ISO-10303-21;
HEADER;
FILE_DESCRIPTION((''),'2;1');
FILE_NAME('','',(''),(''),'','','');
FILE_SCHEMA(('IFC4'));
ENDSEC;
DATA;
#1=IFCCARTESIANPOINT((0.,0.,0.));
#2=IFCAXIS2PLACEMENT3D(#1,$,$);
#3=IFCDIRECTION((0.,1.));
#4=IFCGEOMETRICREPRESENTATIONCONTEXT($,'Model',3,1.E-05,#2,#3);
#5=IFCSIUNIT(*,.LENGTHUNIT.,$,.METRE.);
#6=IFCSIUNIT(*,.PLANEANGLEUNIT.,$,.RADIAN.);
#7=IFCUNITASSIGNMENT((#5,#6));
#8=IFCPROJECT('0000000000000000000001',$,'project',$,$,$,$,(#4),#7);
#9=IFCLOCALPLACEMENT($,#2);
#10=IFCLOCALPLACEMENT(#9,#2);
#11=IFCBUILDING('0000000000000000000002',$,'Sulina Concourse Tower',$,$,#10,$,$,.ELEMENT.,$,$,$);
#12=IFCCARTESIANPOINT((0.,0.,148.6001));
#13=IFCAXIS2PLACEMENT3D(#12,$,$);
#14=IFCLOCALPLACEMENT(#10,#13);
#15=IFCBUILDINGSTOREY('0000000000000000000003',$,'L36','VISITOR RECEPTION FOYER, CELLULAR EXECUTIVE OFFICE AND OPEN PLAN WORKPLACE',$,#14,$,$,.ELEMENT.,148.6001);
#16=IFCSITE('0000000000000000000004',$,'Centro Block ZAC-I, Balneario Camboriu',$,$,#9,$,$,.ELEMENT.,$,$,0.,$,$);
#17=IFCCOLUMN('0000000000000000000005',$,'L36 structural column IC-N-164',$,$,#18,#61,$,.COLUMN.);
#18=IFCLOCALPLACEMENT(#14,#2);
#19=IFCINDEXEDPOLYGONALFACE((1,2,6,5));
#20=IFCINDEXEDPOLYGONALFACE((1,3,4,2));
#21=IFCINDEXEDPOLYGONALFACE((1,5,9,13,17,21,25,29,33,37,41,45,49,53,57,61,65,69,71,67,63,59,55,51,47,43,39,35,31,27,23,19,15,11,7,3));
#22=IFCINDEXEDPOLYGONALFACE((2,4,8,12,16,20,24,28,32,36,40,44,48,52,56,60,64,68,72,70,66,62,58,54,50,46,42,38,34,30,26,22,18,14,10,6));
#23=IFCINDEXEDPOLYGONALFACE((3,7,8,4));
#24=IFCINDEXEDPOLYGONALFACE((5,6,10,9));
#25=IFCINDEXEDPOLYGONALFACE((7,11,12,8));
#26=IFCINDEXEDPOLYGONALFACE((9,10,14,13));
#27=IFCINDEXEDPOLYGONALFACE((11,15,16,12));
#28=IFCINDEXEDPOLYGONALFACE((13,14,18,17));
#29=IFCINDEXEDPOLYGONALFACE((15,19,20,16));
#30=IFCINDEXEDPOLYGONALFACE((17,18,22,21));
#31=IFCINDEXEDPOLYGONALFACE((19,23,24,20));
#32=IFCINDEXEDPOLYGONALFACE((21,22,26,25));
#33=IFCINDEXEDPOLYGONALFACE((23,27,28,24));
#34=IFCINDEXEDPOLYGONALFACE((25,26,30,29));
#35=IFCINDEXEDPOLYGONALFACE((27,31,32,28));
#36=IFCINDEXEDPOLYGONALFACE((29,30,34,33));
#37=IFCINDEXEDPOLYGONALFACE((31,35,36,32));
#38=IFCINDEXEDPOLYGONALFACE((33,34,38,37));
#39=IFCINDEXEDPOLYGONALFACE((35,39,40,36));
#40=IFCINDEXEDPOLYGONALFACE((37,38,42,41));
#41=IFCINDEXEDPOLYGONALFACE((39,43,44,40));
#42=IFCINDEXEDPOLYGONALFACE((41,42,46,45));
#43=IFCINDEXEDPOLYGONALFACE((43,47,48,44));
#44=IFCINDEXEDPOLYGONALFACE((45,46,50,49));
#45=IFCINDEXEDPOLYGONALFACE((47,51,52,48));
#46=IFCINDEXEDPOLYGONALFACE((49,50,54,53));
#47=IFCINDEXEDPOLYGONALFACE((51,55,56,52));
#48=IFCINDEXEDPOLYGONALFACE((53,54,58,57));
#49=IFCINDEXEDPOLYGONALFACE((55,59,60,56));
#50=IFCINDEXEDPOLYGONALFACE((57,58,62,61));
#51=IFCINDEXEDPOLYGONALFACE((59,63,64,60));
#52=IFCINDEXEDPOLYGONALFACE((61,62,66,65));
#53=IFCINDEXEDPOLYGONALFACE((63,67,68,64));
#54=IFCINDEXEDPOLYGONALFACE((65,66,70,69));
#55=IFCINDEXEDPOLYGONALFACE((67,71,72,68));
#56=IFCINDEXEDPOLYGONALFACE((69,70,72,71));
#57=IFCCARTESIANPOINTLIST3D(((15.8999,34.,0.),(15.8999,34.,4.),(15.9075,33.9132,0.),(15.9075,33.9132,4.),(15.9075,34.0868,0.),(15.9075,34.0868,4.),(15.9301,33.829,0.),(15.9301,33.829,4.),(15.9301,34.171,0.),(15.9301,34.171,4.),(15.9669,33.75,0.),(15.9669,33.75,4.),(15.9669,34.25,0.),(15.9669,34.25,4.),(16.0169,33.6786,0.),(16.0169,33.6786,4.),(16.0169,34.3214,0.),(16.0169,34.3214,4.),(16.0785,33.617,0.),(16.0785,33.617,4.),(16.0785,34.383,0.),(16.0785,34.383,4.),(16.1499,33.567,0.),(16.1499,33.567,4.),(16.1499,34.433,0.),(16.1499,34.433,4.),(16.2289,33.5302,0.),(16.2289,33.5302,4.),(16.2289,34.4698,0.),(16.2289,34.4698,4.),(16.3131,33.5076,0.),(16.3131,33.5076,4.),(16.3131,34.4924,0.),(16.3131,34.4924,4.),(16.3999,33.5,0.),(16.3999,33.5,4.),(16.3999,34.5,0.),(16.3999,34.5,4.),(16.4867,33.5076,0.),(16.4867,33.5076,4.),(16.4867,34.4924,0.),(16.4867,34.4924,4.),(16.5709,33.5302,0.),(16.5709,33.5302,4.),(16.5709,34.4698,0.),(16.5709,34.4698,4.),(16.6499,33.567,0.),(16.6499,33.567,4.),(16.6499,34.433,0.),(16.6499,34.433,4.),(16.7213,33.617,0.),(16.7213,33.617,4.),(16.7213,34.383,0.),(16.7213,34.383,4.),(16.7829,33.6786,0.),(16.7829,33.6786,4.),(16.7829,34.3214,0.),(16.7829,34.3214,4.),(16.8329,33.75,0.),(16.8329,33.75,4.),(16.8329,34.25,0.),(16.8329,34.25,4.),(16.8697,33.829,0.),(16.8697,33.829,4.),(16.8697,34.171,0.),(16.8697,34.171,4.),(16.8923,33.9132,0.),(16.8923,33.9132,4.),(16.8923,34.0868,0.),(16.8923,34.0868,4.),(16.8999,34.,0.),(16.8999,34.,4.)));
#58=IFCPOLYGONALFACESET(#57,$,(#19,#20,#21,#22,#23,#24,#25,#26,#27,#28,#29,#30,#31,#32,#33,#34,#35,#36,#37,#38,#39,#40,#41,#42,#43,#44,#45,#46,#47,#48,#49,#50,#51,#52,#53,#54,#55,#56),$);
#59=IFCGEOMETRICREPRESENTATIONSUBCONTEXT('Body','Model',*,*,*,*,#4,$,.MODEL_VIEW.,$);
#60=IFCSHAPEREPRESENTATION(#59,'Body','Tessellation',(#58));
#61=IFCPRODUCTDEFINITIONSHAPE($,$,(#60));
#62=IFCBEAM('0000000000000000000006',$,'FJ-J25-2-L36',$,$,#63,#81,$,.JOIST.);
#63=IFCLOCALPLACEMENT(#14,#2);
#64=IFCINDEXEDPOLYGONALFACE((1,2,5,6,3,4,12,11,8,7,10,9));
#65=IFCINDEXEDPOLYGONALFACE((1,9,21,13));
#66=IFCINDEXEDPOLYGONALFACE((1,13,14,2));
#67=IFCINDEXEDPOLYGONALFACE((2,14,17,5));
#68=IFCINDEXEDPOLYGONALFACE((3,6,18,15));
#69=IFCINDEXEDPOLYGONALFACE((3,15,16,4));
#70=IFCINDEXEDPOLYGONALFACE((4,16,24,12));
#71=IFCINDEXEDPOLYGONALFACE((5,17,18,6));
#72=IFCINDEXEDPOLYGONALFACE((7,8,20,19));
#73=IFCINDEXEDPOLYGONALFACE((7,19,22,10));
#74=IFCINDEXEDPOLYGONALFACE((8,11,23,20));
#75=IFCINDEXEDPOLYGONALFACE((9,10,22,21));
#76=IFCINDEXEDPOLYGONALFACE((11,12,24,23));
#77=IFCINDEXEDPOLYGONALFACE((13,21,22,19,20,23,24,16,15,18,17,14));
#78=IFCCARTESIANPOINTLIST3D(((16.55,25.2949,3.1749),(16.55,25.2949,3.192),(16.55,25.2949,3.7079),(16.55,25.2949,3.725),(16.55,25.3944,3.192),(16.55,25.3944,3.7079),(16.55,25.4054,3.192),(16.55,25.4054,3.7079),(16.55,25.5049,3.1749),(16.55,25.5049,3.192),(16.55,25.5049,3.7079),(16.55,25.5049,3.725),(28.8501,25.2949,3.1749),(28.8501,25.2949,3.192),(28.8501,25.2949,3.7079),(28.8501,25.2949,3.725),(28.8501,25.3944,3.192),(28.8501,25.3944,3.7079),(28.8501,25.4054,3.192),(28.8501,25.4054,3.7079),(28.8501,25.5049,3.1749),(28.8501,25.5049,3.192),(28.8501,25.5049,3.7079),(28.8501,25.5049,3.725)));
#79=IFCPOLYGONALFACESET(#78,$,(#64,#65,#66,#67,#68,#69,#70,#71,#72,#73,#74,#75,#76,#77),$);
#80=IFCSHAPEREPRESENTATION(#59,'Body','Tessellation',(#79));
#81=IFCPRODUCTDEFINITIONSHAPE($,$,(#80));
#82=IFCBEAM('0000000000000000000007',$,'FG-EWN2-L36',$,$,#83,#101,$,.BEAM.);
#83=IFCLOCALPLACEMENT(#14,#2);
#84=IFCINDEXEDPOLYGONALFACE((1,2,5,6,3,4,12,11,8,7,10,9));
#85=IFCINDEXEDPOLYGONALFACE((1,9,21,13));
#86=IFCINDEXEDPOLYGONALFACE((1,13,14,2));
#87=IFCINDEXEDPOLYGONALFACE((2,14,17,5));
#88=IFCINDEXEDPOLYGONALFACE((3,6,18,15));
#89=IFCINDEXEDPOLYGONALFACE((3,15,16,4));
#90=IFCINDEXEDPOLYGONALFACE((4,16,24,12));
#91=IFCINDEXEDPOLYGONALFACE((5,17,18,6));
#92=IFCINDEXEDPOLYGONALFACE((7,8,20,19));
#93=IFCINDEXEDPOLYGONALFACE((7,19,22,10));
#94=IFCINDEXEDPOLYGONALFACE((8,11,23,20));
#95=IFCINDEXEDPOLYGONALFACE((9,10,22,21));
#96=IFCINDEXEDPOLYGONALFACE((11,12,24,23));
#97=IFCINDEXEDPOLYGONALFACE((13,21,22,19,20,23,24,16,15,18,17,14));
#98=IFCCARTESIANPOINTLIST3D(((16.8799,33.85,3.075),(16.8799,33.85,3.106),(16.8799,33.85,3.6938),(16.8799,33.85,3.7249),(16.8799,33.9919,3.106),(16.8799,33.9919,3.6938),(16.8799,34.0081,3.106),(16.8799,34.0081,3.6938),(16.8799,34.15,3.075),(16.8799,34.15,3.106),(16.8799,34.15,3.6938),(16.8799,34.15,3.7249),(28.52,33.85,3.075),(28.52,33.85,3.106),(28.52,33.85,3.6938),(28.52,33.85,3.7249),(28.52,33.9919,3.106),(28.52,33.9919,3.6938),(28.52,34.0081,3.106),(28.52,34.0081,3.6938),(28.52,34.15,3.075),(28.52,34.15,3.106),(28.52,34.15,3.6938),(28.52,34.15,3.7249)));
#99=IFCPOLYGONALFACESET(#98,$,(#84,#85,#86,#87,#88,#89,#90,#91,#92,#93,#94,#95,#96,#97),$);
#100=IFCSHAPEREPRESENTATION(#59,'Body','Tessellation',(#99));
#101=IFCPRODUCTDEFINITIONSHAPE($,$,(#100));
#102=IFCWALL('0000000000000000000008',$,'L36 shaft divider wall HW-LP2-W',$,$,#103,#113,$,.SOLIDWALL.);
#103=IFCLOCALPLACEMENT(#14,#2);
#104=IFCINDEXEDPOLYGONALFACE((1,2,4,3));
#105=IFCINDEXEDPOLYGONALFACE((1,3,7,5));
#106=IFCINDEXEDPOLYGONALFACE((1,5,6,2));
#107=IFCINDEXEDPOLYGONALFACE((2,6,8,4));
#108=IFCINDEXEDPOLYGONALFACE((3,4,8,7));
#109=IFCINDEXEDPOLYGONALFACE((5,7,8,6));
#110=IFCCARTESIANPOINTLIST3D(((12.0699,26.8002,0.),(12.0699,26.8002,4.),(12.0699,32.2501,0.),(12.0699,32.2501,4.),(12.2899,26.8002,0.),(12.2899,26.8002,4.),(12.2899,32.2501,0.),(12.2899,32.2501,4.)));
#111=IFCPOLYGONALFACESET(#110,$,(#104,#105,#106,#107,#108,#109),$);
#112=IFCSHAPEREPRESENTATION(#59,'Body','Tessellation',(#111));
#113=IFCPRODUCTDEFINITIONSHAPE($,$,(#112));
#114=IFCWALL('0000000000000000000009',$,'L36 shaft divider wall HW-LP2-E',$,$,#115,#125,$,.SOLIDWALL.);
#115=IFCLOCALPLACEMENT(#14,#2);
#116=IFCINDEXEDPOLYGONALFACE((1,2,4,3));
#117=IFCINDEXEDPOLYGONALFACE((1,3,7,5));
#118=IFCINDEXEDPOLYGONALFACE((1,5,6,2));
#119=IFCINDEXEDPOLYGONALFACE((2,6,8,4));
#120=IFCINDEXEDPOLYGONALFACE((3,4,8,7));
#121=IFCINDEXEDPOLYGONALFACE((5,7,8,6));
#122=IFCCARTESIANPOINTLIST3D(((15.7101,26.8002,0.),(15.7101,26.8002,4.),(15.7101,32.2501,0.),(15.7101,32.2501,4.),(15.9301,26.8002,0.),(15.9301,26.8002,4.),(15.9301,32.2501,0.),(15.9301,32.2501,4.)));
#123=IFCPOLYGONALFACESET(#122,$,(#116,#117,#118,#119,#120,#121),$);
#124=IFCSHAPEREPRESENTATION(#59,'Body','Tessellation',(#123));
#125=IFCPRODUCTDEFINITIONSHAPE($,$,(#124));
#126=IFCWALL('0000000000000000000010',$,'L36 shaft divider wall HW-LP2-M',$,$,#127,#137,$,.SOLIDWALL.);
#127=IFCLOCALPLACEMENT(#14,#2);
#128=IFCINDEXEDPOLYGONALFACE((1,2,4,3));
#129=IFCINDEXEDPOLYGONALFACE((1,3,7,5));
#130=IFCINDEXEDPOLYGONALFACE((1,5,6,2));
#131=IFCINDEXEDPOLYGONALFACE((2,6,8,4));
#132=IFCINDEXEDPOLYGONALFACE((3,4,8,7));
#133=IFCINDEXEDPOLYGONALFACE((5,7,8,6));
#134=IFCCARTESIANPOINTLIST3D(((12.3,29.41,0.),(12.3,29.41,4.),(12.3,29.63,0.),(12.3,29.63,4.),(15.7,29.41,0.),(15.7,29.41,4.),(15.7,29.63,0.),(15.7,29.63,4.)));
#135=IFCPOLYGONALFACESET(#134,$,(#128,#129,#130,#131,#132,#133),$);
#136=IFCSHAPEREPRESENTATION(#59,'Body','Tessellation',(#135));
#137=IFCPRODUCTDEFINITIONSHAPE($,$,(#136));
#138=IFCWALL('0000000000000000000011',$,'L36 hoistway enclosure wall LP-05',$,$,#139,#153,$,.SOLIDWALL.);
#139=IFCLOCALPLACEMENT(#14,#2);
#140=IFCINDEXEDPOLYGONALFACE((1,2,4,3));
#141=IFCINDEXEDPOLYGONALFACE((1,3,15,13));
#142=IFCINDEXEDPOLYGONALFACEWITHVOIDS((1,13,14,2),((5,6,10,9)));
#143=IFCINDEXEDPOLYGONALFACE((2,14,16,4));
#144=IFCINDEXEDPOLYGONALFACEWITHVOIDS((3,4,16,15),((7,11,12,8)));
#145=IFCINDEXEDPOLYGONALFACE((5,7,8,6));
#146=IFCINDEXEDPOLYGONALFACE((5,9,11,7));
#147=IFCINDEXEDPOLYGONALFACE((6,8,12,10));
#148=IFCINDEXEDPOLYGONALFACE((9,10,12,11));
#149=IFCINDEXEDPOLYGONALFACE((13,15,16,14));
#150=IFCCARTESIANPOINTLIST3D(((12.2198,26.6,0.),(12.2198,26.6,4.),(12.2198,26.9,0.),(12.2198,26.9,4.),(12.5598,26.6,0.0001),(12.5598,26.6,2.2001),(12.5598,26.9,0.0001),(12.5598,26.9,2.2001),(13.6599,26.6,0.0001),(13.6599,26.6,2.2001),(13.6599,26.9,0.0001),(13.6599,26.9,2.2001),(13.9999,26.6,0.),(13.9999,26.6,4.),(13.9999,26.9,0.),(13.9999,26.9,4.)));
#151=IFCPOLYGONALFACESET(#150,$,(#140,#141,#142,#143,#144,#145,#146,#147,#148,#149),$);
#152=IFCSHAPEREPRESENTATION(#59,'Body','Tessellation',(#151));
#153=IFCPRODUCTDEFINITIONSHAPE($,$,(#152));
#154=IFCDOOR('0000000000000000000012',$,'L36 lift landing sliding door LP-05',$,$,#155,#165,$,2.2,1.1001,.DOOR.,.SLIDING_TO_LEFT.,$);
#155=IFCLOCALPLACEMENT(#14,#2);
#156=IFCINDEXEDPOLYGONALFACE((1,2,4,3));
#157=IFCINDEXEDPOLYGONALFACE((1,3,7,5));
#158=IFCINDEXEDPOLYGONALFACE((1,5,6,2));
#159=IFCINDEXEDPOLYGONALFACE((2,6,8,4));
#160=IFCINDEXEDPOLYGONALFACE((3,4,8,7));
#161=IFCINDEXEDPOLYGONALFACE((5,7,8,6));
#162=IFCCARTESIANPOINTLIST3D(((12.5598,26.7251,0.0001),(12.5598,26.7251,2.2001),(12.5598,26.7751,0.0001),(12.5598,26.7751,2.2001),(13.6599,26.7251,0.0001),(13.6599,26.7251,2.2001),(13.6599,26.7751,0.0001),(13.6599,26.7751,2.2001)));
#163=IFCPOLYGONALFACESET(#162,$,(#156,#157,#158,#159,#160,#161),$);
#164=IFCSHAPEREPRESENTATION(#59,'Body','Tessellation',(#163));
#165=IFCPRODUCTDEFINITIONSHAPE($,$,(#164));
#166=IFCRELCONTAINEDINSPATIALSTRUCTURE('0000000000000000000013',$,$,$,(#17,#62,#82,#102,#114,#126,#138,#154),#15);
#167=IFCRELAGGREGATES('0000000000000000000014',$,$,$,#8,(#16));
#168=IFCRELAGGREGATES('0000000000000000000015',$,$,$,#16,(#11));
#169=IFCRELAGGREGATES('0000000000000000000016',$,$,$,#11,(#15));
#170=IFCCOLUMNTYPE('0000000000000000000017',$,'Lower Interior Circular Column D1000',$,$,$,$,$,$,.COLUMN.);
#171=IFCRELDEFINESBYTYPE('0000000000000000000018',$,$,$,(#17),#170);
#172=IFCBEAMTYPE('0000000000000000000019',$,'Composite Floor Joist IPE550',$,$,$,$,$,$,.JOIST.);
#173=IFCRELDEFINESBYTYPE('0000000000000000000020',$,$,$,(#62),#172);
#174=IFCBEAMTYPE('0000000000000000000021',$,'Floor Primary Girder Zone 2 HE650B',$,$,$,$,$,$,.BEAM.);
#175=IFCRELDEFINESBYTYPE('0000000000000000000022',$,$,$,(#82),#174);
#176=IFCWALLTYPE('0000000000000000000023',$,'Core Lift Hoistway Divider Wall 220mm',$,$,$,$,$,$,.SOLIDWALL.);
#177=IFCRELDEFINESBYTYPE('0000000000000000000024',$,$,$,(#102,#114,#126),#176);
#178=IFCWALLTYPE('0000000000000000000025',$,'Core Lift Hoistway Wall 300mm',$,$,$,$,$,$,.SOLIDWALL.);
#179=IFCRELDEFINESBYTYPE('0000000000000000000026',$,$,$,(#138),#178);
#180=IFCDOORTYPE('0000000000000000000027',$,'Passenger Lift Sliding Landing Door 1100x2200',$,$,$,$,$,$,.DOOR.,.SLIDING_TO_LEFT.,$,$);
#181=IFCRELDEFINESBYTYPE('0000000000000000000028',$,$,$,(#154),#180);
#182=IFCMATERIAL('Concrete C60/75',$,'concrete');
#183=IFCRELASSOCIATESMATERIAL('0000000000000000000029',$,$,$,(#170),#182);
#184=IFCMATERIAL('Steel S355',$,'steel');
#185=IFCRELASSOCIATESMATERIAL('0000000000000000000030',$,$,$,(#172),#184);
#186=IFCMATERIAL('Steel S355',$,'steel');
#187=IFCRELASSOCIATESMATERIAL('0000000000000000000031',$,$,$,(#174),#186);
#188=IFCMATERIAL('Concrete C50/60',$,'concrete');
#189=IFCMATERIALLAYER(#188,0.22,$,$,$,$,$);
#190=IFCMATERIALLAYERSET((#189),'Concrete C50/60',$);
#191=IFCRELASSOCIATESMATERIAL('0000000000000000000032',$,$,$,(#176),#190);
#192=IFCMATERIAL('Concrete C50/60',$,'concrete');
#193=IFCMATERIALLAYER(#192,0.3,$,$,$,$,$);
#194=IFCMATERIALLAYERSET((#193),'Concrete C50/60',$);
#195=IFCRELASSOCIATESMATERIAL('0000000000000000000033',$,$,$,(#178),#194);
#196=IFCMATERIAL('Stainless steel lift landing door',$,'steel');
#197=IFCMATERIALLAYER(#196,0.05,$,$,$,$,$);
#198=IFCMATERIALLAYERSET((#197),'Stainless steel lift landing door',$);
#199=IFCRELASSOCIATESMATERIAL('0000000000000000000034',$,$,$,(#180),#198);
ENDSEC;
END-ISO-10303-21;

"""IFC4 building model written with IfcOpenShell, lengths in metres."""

from ifc_helpers import new_model, si_unit, direction, frame, frame_2d, origin, origin_2d, place, context, subcontext, project, spatial, rectangle, circle, i_section, extrude, material, layer, layer_set, material_profile, profile_set, type_object, element, fill, save


model = new_model("IFC4")

# Units and contexts
model_context = context("Model", 3, precision=1e-05, world=origin(), true_north=direction((0.0, 1.0)))
body_context = subcontext(model_context, "Body", "Model", "MODEL_VIEW")
ifc_project = project(units=[si_unit("LENGTHUNIT", "METRE"), si_unit("PLANEANGLEUNIT", "RADIAN")], contexts=[model_context])

# Site, building, storey
site_placement = place(None, origin())
site = spatial("IfcSite", under=ifc_project, at=site_placement, Name="Centro Block ZAC-I, Balneario Camboriu", CompositionType="ELEMENT", RefElevation=0.0)
building_placement = place(site_placement, origin())
building = spatial("IfcBuilding", under=site, at=building_placement, Name="Sulina Concourse Tower", CompositionType="ELEMENT")
storey_placement = place(building_placement, frame((0.0, 0.0, 148.6001)))
storey = spatial("IfcBuildingStorey", under=building, at=storey_placement, Name="L36", Description="VISITOR RECEPTION FOYER, CELLULAR EXECUTIVE OFFICE AND OPEN PLAN WORKPLACE", CompositionType="ELEMENT", Elevation=148.6001)

# Column
ifc_material_1 = material(Name="Concrete C60/75", Category="concrete")
ifc_material_profile_1 = material_profile(ifc_material_1, circle(Radius=0.5, at=origin_2d()), Name="RC D1000")
ifc_profile_set_1 = profile_set([ifc_material_profile_1], Name="Concrete C60/75")
column_type = type_object("IfcColumnType", Name="Lower Interior Circular Column D1000", PredefinedType="COLUMN", material=ifc_profile_set_1)
column_placement = place(storey_placement, frame((16.3999, 34.0, 0.0), z_axis=(0.0, 0.0, 1.0), x_axis=(1.0, 0.0, 0.0)))
element("IfcColumn", 1, at=column_placement, inside=storey, type_object=column_type, Name="L36 structural column IC-N-164", PredefinedType="COLUMN", context=body_context, shape_type="SweptSolid", body=[
    extrude(circle(Radius=0.5, at=origin_2d()), origin(), (0.0, 0.0, 1.0), 4.0),
])

# Beams
ifc_material_2 = material(Name="Steel S355", Category="steel")
ifc_material_profile_2 = material_profile(ifc_material_2, i_section(OverallWidth=0.21, OverallDepth=0.55, WebThickness=0.011, FlangeThickness=0.0171, at=origin_2d()), Name="IPE 550")
ifc_profile_set_2 = profile_set([ifc_material_profile_2], Name="Steel S355")
beam_type_1 = type_object("IfcBeamType", Name="Composite Floor Joist IPE550", PredefinedType="JOIST", material=ifc_profile_set_2)
beam_1_placement = place(storey_placement, frame((16.55, 25.3999, 3.45), z_axis=(1.0, 0.0, 0.0), x_axis=(0.0, 1.0, 0.0)))
element("IfcBeam", 2, at=beam_1_placement, inside=storey, type_object=beam_type_1, Name="FJ-J25-2-L36", PredefinedType="JOIST", context=body_context, shape_type="SweptSolid", body=[
    extrude(i_section(OverallWidth=0.21, OverallDepth=0.55, WebThickness=0.011, FlangeThickness=0.0171, at=origin_2d()), origin(), (0.0, 0.0, 1.0), 12.3),
])
ifc_material_3 = material(Name="Steel S355", Category="steel")
ifc_material_profile_3 = material_profile(ifc_material_3, i_section(OverallWidth=0.3, OverallDepth=0.6499, WebThickness=0.0161, FlangeThickness=0.031, at=origin_2d()), Name="HE 650 B")
ifc_profile_set_3 = profile_set([ifc_material_profile_3], Name="Steel S355")
beam_type_2 = type_object("IfcBeamType", Name="Floor Primary Girder Zone 2 HE650B", PredefinedType="BEAM", material=ifc_profile_set_3)
beam_2_placement = place(storey_placement, frame((16.8799, 34.0, 3.3999), z_axis=(1.0, 0.0, 0.0), x_axis=(0.0, 1.0, 0.0)))
element("IfcBeam", 3, at=beam_2_placement, inside=storey, type_object=beam_type_2, Name="FG-EWN2-L36", PredefinedType="BEAM", context=body_context, shape_type="SweptSolid", body=[
    extrude(i_section(OverallWidth=0.3, OverallDepth=0.6499, WebThickness=0.0161, FlangeThickness=0.031, at=origin_2d()), origin(), (0.0, 0.0, 1.0), 11.6401),
])

# Walls
ifc_material_4 = material(Name="Concrete C50/60", Category="concrete")
ifc_layer_1 = layer(ifc_material_4, 0.22)
ifc_layer_set_1 = layer_set([ifc_layer_1], Name="Concrete C50/60")
wall_type_1 = type_object("IfcWallType", Name="Core Lift Hoistway Divider Wall 220mm", PredefinedType="SOLIDWALL", material=ifc_layer_set_1)
for number, where, z_axis, x_axis, name in (
    (4, (12.1799, 26.8, 0.0), (0.0, 0.0, 1.0), (0.0, 1.0, 0.0), "L36 shaft divider wall HW-LP2-W"),
    (5, (15.8201, 26.8, 0.0), (0.0, 0.0, 1.0), (0.0, 1.0, 0.0), "L36 shaft divider wall HW-LP2-E"),
):
    element("IfcWall", number, at=place(storey_placement, frame(where, z_axis=z_axis, x_axis=x_axis)), inside=storey, type_object=wall_type_1, Name=name, PredefinedType="SOLIDWALL", context=body_context, shape_type="SweptSolid", body=[
        extrude(rectangle(XDim=5.45, YDim=0.22, at=frame_2d((2.7251, 0.0))), origin(), (0.0, 0.0, 1.0), 4.0),
    ])
wall_1_placement = place(storey_placement, frame((12.3, 29.52, 0.0), z_axis=(0.0, 0.0, 1.0), x_axis=(1.0, 0.0, 0.0)))
element("IfcWall", 6, at=wall_1_placement, inside=storey, type_object=wall_type_1, Name="L36 shaft divider wall HW-LP2-M", PredefinedType="SOLIDWALL", context=body_context, shape_type="SweptSolid", body=[
    extrude(rectangle(XDim=3.3999, YDim=0.22, at=frame_2d((1.7, 0.0))), origin(), (0.0, 0.0, 1.0), 4.0),
])

# Wall, opening, door
ifc_material_5 = material(Name="Concrete C50/60", Category="concrete")
ifc_layer_2 = layer(ifc_material_5, 0.3)
ifc_layer_set_2 = layer_set([ifc_layer_2], Name="Concrete C50/60")
wall_type_2 = type_object("IfcWallType", Name="Core Lift Hoistway Wall 300mm", PredefinedType="SOLIDWALL", material=ifc_layer_set_2)
wall_2_placement = place(storey_placement, frame((14.0, 26.75, 0.0), z_axis=(0.0, 0.0, 1.0), x_axis=(-1.0, 0.0, 0.0)))
wall_2 = element("IfcWall", 7, at=wall_2_placement, inside=storey, type_object=wall_type_2, Name="L36 hoistway enclosure wall LP-05", PredefinedType="SOLIDWALL", context=body_context, shape_type="SweptSolid", body=[
    extrude(rectangle(XDim=1.78, YDim=0.3, at=frame_2d((0.8901, 0.0))), origin(), (0.0, 0.0, 1.0), 4.0),
])
opening_1_placement = place(wall_2_placement, frame((0.3401, 0.0, 0.0)))
opening_1 = element("IfcOpeningElement", 8, at=opening_1_placement, cuts=wall_2, PredefinedType="OPENING", context=body_context, shape_type="SweptSolid", body=[
    extrude(rectangle(XDim=1.1001, YDim=2.2, at=frame_2d((0.55, 1.1001))), frame((0.0, 0.1599, 0.0), z_axis=(0.0, -1.0, 0.0), x_axis=(1.0, 0.0, 0.0)), (0.0, 0.0, 1.0), 0.3201),
])
ifc_material_6 = material(Name="Stainless steel lift landing door", Category="steel")
ifc_layer_3 = layer(ifc_material_6, 0.05)
ifc_layer_set_3 = layer_set([ifc_layer_3], Name="Stainless steel lift landing door")
door_type_1 = type_object("IfcDoorType", Name="Passenger Lift Sliding Landing Door 1100x2200", OperationType="SLIDING_TO_LEFT", PredefinedType="DOOR", material=ifc_layer_set_3)
door_1_placement = place(opening_1_placement, origin())
door_1 = element("IfcDoor", 9, at=door_1_placement, inside=storey, type_object=door_type_1, Name="L36 lift landing sliding door LP-05", OperationType="SLIDING_TO_LEFT", OverallHeight=2.2, OverallWidth=1.1001, PredefinedType="DOOR", context=body_context, shape_type="SweptSolid", body=[
    extrude(rectangle(XDim=1.1001, YDim=2.2, at=frame_2d((0.55, 1.1001))), frame((0.0, 0.0249, 0.0), z_axis=(0.0, -1.0, 0.0), x_axis=(1.0, 0.0, 0.0)), (0.0, 0.0, 1.0), 0.05),
])
fill(opening_1, door_1)

save(model, "model.ifc")
